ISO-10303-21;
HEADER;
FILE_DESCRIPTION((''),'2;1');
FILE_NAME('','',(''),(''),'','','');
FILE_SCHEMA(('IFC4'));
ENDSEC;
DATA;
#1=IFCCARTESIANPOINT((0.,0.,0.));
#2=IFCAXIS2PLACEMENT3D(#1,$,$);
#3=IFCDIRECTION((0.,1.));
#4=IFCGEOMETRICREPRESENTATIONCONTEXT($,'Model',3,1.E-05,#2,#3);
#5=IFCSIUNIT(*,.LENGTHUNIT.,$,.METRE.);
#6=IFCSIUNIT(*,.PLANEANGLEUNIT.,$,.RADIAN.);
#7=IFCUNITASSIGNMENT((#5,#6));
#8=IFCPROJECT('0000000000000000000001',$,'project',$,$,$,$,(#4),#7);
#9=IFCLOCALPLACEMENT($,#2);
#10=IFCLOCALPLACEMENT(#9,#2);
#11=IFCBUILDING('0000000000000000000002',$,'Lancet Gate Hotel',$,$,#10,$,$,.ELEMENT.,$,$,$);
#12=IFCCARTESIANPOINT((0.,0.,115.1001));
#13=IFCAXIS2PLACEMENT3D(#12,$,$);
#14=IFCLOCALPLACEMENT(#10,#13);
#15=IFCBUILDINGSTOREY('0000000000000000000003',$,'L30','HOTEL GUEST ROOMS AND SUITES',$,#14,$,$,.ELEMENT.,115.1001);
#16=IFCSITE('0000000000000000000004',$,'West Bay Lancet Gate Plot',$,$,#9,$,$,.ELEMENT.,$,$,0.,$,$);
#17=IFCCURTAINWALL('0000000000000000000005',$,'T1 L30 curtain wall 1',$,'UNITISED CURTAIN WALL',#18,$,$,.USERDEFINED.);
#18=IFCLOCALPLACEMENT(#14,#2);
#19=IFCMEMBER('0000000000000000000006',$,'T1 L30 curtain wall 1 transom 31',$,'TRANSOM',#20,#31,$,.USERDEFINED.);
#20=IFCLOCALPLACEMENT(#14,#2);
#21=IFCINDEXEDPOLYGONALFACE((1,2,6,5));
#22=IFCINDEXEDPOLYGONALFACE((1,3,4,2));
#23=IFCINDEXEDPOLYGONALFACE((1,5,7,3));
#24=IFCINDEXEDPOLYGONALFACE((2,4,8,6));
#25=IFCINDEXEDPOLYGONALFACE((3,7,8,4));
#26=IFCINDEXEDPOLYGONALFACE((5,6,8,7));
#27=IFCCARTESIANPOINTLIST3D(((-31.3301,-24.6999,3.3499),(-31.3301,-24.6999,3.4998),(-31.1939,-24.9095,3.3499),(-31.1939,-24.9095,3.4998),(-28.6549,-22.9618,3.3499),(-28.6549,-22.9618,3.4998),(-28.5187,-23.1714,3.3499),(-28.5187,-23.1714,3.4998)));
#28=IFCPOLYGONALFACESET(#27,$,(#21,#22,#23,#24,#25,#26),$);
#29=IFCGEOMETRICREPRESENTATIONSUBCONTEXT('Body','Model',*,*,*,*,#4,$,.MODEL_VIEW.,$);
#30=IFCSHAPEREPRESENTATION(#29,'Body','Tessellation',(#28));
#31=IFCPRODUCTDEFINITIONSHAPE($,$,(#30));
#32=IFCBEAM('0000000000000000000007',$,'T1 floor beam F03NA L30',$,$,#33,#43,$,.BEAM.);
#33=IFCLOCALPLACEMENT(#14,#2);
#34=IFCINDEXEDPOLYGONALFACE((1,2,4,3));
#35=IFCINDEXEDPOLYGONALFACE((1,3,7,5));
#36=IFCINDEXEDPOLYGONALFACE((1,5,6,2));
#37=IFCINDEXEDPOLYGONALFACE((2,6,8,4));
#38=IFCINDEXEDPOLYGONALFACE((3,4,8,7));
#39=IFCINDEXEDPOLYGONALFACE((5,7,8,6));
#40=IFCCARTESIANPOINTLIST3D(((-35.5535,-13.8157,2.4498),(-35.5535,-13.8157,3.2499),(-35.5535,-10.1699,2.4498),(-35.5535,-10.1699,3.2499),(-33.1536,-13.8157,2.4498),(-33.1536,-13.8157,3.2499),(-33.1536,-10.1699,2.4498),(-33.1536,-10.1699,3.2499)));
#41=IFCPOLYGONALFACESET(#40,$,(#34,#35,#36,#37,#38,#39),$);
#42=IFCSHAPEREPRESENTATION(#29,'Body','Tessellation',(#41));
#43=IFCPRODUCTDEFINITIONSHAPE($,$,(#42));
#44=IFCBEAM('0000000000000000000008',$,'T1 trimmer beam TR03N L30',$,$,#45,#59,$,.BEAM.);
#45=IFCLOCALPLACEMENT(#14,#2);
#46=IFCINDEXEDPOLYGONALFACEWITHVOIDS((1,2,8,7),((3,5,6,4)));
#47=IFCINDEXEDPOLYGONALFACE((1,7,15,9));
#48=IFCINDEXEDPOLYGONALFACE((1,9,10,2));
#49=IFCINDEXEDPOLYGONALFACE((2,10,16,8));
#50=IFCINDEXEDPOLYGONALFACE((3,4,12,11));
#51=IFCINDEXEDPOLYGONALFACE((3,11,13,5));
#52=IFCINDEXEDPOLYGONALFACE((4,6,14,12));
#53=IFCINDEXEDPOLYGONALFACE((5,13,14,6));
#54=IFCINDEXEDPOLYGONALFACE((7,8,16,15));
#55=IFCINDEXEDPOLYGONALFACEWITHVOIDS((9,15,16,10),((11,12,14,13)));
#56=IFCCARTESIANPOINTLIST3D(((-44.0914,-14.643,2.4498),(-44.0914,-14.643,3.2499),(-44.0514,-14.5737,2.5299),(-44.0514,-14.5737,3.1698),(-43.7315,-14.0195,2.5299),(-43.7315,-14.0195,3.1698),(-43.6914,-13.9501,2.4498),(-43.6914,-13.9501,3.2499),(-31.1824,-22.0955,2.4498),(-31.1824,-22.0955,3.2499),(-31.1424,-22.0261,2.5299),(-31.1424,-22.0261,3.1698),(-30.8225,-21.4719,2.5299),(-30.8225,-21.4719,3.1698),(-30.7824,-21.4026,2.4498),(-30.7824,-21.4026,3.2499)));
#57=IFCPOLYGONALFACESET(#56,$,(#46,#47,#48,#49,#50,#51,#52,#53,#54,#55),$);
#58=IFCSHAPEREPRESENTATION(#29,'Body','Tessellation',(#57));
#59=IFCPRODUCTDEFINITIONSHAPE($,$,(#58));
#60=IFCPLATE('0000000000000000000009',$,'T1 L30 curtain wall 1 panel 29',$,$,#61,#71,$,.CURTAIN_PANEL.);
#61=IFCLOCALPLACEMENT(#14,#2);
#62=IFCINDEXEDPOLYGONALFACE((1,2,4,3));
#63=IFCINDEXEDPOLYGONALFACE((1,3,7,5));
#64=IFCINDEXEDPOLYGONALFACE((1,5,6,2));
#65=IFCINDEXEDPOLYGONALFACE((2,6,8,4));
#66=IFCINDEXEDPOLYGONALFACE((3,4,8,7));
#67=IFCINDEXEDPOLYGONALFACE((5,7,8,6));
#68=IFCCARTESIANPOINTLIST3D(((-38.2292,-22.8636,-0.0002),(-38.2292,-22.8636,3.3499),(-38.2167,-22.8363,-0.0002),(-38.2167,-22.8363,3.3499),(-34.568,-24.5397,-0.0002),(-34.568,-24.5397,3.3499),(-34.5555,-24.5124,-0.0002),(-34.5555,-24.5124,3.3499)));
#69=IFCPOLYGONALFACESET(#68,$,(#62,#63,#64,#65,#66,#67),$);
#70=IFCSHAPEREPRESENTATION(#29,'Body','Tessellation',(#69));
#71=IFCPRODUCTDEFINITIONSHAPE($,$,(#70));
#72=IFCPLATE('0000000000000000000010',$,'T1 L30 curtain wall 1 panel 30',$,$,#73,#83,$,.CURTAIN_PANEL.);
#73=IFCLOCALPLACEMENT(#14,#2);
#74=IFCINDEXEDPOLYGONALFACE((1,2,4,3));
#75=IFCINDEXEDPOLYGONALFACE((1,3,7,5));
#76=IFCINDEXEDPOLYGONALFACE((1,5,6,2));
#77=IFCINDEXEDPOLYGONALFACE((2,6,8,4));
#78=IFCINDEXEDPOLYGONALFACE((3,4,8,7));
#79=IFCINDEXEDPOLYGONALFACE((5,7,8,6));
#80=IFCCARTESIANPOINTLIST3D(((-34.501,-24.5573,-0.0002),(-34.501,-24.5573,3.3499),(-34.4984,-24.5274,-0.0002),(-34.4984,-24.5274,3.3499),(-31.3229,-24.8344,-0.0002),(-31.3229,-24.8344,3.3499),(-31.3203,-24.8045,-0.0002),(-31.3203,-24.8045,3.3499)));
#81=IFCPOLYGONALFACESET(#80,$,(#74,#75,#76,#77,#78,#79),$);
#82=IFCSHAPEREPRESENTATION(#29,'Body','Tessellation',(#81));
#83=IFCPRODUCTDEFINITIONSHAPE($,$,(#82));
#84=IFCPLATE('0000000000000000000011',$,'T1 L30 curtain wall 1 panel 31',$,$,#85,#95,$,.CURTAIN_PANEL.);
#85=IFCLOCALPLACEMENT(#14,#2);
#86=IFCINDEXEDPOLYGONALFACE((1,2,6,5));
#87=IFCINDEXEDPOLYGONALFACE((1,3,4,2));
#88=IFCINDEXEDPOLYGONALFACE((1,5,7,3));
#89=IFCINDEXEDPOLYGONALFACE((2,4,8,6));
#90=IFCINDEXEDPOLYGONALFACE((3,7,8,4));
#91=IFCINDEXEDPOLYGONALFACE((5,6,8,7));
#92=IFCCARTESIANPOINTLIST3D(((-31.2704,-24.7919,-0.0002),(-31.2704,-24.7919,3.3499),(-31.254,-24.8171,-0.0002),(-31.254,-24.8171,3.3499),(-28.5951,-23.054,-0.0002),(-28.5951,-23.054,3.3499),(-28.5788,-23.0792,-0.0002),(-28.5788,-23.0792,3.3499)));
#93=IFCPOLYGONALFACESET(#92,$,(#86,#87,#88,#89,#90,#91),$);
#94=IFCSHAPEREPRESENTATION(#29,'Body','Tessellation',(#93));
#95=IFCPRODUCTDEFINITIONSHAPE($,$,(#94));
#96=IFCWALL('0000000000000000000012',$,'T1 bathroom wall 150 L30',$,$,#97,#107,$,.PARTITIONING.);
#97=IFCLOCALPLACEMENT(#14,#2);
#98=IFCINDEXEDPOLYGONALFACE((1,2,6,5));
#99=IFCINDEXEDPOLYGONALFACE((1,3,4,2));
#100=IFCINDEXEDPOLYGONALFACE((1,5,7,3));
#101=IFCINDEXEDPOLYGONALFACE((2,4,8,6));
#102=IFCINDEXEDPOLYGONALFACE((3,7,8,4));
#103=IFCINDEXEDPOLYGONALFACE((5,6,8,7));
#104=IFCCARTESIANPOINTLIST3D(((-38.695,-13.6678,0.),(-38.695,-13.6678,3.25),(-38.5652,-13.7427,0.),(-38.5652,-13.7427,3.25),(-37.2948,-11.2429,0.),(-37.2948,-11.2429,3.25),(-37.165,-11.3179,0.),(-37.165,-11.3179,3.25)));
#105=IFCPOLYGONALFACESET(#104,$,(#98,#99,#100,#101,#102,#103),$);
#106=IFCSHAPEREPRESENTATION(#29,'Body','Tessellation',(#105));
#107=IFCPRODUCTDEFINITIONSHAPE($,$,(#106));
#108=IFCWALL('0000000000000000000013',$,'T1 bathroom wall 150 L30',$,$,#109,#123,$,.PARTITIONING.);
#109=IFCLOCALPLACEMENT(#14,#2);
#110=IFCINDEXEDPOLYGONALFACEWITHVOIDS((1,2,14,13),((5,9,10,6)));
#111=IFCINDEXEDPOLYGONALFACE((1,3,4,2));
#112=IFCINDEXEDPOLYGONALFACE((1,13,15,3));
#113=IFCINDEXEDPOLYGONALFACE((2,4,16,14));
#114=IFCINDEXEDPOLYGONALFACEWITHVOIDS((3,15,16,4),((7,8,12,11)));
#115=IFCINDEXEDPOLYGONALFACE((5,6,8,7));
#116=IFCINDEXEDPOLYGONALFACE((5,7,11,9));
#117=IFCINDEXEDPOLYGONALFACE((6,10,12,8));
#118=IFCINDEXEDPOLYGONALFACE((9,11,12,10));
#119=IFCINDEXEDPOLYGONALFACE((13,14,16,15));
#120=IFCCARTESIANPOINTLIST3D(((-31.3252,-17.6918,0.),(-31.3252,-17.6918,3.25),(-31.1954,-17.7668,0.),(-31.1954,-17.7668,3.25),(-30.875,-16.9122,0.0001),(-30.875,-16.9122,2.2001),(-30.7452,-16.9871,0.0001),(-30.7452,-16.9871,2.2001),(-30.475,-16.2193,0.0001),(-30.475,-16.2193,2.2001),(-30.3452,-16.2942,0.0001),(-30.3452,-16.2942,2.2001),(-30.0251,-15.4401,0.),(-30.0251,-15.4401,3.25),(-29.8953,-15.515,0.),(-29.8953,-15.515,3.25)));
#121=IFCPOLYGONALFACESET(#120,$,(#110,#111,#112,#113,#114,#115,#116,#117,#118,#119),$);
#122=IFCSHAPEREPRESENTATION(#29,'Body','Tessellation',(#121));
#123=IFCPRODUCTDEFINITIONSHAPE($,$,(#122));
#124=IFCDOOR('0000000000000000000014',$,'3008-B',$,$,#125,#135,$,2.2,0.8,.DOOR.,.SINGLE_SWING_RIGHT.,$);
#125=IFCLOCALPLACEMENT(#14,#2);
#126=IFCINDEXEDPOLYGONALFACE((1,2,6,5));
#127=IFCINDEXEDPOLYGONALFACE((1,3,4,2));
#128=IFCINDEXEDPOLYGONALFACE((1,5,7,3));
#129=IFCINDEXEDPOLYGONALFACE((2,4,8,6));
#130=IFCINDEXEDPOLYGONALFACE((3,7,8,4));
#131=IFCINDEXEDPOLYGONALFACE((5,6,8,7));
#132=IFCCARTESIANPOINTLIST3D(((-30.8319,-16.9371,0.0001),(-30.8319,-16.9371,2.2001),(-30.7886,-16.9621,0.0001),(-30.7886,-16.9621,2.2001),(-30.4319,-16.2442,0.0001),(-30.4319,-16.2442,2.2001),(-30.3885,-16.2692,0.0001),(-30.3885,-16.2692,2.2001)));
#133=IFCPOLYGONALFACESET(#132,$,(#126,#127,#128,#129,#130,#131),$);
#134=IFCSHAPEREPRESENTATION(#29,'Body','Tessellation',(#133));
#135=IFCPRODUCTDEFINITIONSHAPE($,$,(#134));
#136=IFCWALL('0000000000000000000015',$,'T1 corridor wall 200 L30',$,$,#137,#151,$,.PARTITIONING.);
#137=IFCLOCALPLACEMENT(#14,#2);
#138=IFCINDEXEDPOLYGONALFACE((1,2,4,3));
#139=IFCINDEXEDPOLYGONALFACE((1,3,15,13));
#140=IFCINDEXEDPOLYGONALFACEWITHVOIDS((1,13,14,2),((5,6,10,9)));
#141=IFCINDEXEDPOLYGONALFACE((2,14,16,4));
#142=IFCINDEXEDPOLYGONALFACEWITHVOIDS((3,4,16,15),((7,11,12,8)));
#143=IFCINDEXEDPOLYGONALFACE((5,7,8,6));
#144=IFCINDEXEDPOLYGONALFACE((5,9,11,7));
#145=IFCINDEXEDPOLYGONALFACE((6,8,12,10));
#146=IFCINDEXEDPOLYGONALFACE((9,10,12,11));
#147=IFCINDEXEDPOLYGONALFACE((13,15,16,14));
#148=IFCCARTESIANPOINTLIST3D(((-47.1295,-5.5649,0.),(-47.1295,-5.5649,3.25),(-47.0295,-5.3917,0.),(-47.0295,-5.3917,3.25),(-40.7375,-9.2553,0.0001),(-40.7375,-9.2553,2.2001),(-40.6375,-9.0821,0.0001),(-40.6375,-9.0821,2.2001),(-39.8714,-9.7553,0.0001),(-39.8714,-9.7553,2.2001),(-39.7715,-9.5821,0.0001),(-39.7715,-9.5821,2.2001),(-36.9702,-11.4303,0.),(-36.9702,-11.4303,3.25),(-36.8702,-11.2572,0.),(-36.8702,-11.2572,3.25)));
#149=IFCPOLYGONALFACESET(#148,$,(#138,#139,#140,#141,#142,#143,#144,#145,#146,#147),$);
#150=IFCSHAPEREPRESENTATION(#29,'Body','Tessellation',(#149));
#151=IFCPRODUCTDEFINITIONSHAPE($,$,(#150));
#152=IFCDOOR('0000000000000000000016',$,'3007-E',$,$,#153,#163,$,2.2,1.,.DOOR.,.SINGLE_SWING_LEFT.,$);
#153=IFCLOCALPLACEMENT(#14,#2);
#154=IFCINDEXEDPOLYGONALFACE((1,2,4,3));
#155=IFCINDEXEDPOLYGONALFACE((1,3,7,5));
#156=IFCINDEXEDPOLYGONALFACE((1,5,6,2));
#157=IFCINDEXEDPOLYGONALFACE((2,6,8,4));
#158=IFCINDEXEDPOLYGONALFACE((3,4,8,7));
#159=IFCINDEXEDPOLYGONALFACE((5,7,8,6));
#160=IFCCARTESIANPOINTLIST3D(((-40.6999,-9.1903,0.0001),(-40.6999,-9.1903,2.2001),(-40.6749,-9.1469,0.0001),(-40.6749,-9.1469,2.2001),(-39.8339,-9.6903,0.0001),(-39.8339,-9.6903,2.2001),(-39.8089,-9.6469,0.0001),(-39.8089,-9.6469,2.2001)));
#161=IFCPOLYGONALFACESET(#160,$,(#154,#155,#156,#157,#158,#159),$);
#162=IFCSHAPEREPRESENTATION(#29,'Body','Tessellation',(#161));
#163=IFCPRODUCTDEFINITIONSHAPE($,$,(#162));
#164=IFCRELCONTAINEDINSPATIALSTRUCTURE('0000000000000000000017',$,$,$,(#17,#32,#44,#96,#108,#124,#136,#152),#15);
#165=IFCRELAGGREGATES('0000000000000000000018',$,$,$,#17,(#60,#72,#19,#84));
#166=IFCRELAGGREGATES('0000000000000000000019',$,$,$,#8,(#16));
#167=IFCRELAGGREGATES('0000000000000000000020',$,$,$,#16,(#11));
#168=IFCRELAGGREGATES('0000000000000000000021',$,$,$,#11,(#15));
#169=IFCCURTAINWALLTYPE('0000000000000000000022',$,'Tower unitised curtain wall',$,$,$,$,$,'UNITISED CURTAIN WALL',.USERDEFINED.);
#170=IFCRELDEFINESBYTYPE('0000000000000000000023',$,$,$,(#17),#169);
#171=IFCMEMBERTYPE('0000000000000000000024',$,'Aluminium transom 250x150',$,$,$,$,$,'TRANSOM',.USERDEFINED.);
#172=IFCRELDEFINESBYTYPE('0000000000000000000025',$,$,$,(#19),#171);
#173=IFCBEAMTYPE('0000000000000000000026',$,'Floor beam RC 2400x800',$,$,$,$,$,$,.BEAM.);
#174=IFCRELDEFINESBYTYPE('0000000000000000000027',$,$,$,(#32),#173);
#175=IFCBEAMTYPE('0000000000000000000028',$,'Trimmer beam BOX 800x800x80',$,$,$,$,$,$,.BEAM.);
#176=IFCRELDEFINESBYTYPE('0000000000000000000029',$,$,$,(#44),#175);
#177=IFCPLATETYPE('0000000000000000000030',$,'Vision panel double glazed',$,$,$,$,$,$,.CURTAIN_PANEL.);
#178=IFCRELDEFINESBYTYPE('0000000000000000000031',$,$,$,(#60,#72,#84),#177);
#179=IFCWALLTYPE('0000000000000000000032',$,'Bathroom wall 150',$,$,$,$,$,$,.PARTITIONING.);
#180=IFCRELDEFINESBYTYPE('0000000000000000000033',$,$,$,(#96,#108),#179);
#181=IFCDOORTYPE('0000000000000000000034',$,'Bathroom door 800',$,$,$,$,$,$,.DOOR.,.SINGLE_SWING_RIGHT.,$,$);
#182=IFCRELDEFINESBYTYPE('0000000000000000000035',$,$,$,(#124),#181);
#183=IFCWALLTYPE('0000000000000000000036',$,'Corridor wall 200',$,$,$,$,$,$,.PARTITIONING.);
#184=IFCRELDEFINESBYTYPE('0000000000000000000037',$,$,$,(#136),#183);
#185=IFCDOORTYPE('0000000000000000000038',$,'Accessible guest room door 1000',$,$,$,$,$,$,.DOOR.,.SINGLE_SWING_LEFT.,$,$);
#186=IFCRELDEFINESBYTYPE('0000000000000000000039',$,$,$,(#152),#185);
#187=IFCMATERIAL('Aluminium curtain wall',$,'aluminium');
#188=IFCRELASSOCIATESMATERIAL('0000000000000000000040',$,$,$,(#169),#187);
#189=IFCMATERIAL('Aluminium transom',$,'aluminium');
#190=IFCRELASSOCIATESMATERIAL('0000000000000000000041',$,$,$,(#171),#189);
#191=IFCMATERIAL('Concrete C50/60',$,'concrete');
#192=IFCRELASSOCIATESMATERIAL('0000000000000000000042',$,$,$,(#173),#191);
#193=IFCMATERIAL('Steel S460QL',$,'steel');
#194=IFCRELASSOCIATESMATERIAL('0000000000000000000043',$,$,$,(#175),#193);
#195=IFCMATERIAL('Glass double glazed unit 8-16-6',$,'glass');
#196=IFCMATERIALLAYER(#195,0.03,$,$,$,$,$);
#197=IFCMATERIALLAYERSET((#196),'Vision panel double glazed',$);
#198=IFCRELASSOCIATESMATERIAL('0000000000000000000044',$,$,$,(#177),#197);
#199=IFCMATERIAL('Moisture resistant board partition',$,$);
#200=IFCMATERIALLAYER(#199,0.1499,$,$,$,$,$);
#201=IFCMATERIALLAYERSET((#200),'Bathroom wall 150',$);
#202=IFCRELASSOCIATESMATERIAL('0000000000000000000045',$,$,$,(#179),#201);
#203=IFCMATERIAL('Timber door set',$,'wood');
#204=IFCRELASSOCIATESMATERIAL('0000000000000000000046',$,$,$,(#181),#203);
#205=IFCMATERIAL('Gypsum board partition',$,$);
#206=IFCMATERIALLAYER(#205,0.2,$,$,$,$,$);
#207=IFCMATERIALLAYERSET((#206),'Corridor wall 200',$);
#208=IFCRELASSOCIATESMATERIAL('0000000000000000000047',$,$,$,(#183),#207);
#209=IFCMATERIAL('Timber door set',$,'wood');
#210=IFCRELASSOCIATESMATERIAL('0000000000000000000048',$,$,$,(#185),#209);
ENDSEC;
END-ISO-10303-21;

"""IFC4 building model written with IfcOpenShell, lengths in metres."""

from ifc_helpers import new_model, si_unit, direction, frame, frame_2d, origin, origin_2d, place, context, subcontext, project, spatial, rectangle, hollow_rectangle, extrude, material, layer, layer_set, material_profile, profile_set, type_object, element, fill, aggregate, save


model = new_model("IFC4")

# Units and contexts
model_context = context("Model", 3, precision=1e-05, world=origin(), true_north=direction((0.0, 1.0)))
body_context = subcontext(model_context, "Body", "Model", "MODEL_VIEW")
ifc_project = project(units=[si_unit("LENGTHUNIT", "METRE"), si_unit("PLANEANGLEUNIT", "RADIAN")], contexts=[model_context])

# Site, building, storey
site_placement = place(None, origin())
site = spatial("IfcSite", under=ifc_project, at=site_placement, Name="West Bay Lancet Gate Plot", CompositionType="ELEMENT", RefElevation=0.0)
building_placement = place(site_placement, origin())
building = spatial("IfcBuilding", under=site, at=building_placement, Name="Lancet Gate Hotel", CompositionType="ELEMENT")
storey_placement = place(building_placement, frame((0.0, 0.0, 115.1001)))
storey = spatial("IfcBuildingStorey", under=building, at=storey_placement, Name="L30", Description="HOTEL GUEST ROOMS AND SUITES", CompositionType="ELEMENT", Elevation=115.1001)

# Curtain wall, member
ifc_material_1 = material(Name="Aluminium curtain wall", Category="aluminium")
curtain_wall_type = type_object("IfcCurtainWallType", Name="Tower unitised curtain wall", ElementType="UNITISED CURTAIN WALL", PredefinedType="USERDEFINED", material=ifc_material_1)
curtain_wall_placement = place(storey_placement, origin())
curtain_wall = element("IfcCurtainWall", 1, at=curtain_wall_placement, inside=storey, type_object=curtain_wall_type, Name="T1 L30 curtain wall 1", ObjectType="UNITISED CURTAIN WALL", PredefinedType="USERDEFINED")
ifc_material_2 = material(Name="Aluminium transom", Category="aluminium")
ifc_material_profile_1 = material_profile(ifc_material_2, rectangle(XDim=0.25, YDim=0.1499, at=origin_2d()), Name="TRANSOM 250x150")
ifc_profile_set_1 = profile_set([ifc_material_profile_1], Name="Aluminium transom")
member_type_1 = type_object("IfcMemberType", Name="Aluminium transom 250x150", ElementType="TRANSOM", PredefinedType="USERDEFINED", material=ifc_profile_set_1)
member_1_placement = place(storey_placement, frame((-31.262, -24.8047, 3.4248), z_axis=(0.83855, 0.544824, 0.0), x_axis=(-0.544824, 0.83855, 0.0)))
member_1 = element("IfcMember", 2, at=member_1_placement, type_object=member_type_1, Name="T1 L30 curtain wall 1 transom 31", ObjectType="TRANSOM", PredefinedType="USERDEFINED", context=body_context, shape_type="SweptSolid", body=[
    extrude(rectangle(XDim=0.25, YDim=0.1499, at=origin_2d()), origin(), (0.0, 0.0, 1.0), 3.1902),
])

# Beams
ifc_material_3 = material(Name="Concrete C50/60", Category="concrete")
ifc_material_profile_2 = material_profile(ifc_material_3, rectangle(XDim=2.3999, YDim=0.8, at=origin_2d()), Name="RC 2400x800")
ifc_profile_set_2 = profile_set([ifc_material_profile_2], Name="Concrete C50/60")
beam_type_1 = type_object("IfcBeamType", Name="Floor beam RC 2400x800", PredefinedType="BEAM", material=ifc_profile_set_2)
beam_1_placement = place(storey_placement, frame((-34.3535, -10.1699, 2.8499), z_axis=(0.0, -1.0, 0.0), x_axis=(1.0, 0.0, 0.0)))
element("IfcBeam", 3, at=beam_1_placement, inside=storey, type_object=beam_type_1, Name="T1 floor beam F03NA L30", PredefinedType="BEAM", context=body_context, shape_type="SweptSolid", body=[
    extrude(rectangle(XDim=2.3999, YDim=0.8, at=origin_2d()), origin(), (0.0, 0.0, 1.0), 3.6458),
])
ifc_material_4 = material(Name="Steel S460QL", Category="steel")
ifc_material_profile_3 = material_profile(ifc_material_4, hollow_rectangle(XDim=0.8, YDim=0.8, WallThickness=0.0801, at=origin_2d()), Name="BOX 800x800x80")
ifc_profile_set_3 = profile_set([ifc_material_profile_3], Name="Steel S460QL")
beam_type_2 = type_object("IfcBeamType", Name="Trimmer beam BOX 800x800x80", PredefinedType="BEAM", material=ifc_profile_set_3)
beam_2_placement = place(storey_placement, frame((-30.9824, -21.749, 2.8499), z_axis=(-0.866042, 0.499971, 0.0), x_axis=(-0.499971, -0.866042, 0.0)))
element("IfcBeam", 4, at=beam_2_placement, inside=storey, type_object=beam_type_2, Name="T1 trimmer beam TR03N L30", PredefinedType="BEAM", context=body_context, shape_type="SweptSolid", body=[
    extrude(hollow_rectangle(XDim=0.8, YDim=0.8, WallThickness=0.0801, at=origin_2d()), origin(), (0.0, 0.0, 1.0), 14.9058),
])

# Plates
ifc_material_5 = material(Name="Glass double glazed unit 8-16-6", Category="glass")
ifc_layer_1 = layer(ifc_material_5, 0.03)
ifc_layer_set_1 = layer_set([ifc_layer_1], Name="Vision panel double glazed")
plate_type = type_object("IfcPlateType", Name="Vision panel double glazed", PredefinedType="CURTAIN_PANEL", material=ifc_layer_set_1)
plate_1_placement = place(storey_placement, frame((-36.3923, -23.688, -0.0002), z_axis=(0.0, 0.0, 1.0), x_axis=(0.909253, -0.416245, 0.0)))
plate_1 = element("IfcPlate", 5, at=plate_1_placement, type_object=plate_type, Name="T1 L30 curtain wall 1 panel 29", PredefinedType="CURTAIN_PANEL", context=body_context, shape_type="SweptSolid", body=[
    extrude(rectangle(XDim=4.0266, YDim=0.03, at=origin_2d()), origin(), (0.0, 0.0, 1.0), 3.3501),
])
plate_2_placement = place(storey_placement, frame((-32.9106, -24.6809, -0.0002), z_axis=(0.0, 0.0, 1.0), x_axis=(0.996219, -0.08688, 0.0)))
plate_2 = element("IfcPlate", 6, at=plate_2_placement, type_object=plate_type, Name="T1 L30 curtain wall 1 panel 30", PredefinedType="CURTAIN_PANEL", context=body_context, shape_type="SweptSolid", body=[
    extrude(rectangle(XDim=3.1902, YDim=0.03, at=origin_2d()), origin(), (0.0, 0.0, 1.0), 3.3501),
])
plate_3_placement = place(storey_placement, frame((-29.9246, -23.9355, -0.0002), z_axis=(0.0, 0.0, 1.0), x_axis=(0.83858, 0.544778, 0.0)))
plate_3 = element("IfcPlate", 7, at=plate_3_placement, type_object=plate_type, Name="T1 L30 curtain wall 1 panel 31", PredefinedType="CURTAIN_PANEL", context=body_context, shape_type="SweptSolid", body=[
    extrude(rectangle(XDim=3.1902, YDim=0.03, at=origin_2d()), origin(), (0.0, 0.0, 1.0), 3.3501),
])
aggregate(curtain_wall, [plate_1, plate_2, member_1, plate_3])

# Wall
ifc_material_6 = material(Name="Moisture resistant board partition")
ifc_layer_2 = layer(ifc_material_6, 0.1499)
ifc_layer_set_2 = layer_set([ifc_layer_2], Name="Bathroom wall 150")
wall_type_1 = type_object("IfcWallType", Name="Bathroom wall 150", PredefinedType="PARTITIONING", material=ifc_layer_set_2)
wall_1_placement = place(storey_placement, frame((-37.23, -11.2805, 0.0), z_axis=(0.0, 0.0, 1.0), x_axis=(-0.50005, -0.865997, 0.0)))
element("IfcWall", 8, at=wall_1_placement, inside=storey, type_object=wall_type_1, Name="T1 bathroom wall 150 L30", PredefinedType="PARTITIONING", context=body_context, shape_type="SweptSolid", body=[
    extrude(rectangle(XDim=2.8, YDim=0.1499, at=frame_2d((1.3999, 0.0))), origin(), (0.0, 0.0, 1.0), 3.25),
])

# Walls, openings, doors
wall_2_placement = place(storey_placement, frame((-29.9602, -15.4775, 0.0), z_axis=(0.0, 0.0, 1.0), x_axis=(-0.500007, -0.866021, 0.0)))
wall_2 = element("IfcWall", 9, at=wall_2_placement, inside=storey, type_object=wall_type_1, Name="T1 bathroom wall 150 L30", PredefinedType="PARTITIONING", context=body_context, shape_type="SweptSolid", body=[
    extrude(rectangle(XDim=2.6001, YDim=0.1499, at=frame_2d((1.3, 0.0))), origin(), (0.0, 0.0, 1.0), 3.25),
])
opening_1_placement = place(wall_2_placement, frame((0.8999, 0.0, 0.0)))
opening_1 = element("IfcOpeningElement", 10, at=opening_1_placement, cuts=wall_2, PredefinedType="OPENING", context=body_context, shape_type="SweptSolid", body=[
    extrude(rectangle(XDim=0.8, YDim=2.2, at=frame_2d((0.3999, 1.1001))), frame((0.0, 0.085, 0.0), z_axis=(0.0, -1.0, 0.0), x_axis=(1.0, 0.0, 0.0)), (0.0, 0.0, 1.0), 0.1699),
])
ifc_material_7 = material(Name="Timber door set", Category="wood")
door_type_1 = type_object("IfcDoorType", Name="Bathroom door 800", OperationType="SINGLE_SWING_RIGHT", PredefinedType="DOOR", material=ifc_material_7)
door_1_placement = place(opening_1_placement, origin())
door_1 = element("IfcDoor", 11, at=door_1_placement, inside=storey, type_object=door_type_1, Name="3008-B", OperationType="SINGLE_SWING_RIGHT", OverallHeight=2.2, OverallWidth=0.8, PredefinedType="DOOR", context=body_context, shape_type="SweptSolid", body=[
    extrude(rectangle(XDim=0.8, YDim=2.2, at=frame_2d((0.3999, 1.1001))), frame((0.0, 0.0249, 0.0), z_axis=(0.0, -1.0, 0.0), x_axis=(1.0, 0.0, 0.0)), (0.0, 0.0, 1.0), 0.05),
])
fill(opening_1, door_1)
ifc_material_8 = material(Name="Gypsum board partition")
ifc_layer_3 = layer(ifc_material_8, 0.2)
ifc_layer_set_3 = layer_set([ifc_layer_3], Name="Corridor wall 200")
wall_type_2 = type_object("IfcWallType", Name="Corridor wall 200", PredefinedType="PARTITIONING", material=ifc_layer_set_3)
wall_3_placement = place(storey_placement, frame((-36.9202, -11.3438, 0.0), z_axis=(0.0, 0.0, 1.0), x_axis=(-0.866028, 0.499996, 0.0)))
wall_3 = element("IfcWall", 12, at=wall_3_placement, inside=storey, type_object=wall_type_2, Name="T1 corridor wall 200 L30", PredefinedType="PARTITIONING", context=body_context, shape_type="SweptSolid", body=[
    extrude(rectangle(XDim=11.731, YDim=0.2, at=frame_2d((5.8655, 0.0))), origin(), (0.0, 0.0, 1.0), 3.25),
])
opening_2_placement = place(wall_3_placement, frame((3.3501, 0.0, 0.0)))
opening_2 = element("IfcOpeningElement", 13, at=opening_2_placement, cuts=wall_3, PredefinedType="OPENING", context=body_context, shape_type="SweptSolid", body=[
    extrude(rectangle(XDim=1.0, YDim=2.2, at=frame_2d((0.5, 1.1001))), frame((0.0, 0.1099, 0.0), z_axis=(0.0, -1.0, 0.0), x_axis=(1.0, 0.0, 0.0)), (0.0, 0.0, 1.0), 0.22),
])
ifc_material_9 = material(Name="Timber door set", Category="wood")
door_type_2 = type_object("IfcDoorType", Name="Accessible guest room door 1000", OperationType="SINGLE_SWING_LEFT", PredefinedType="DOOR", material=ifc_material_9)
door_2_placement = place(opening_2_placement, origin())
door_2 = element("IfcDoor", 14, at=door_2_placement, inside=storey, type_object=door_type_2, Name="3007-E", OperationType="SINGLE_SWING_LEFT", OverallHeight=2.2, OverallWidth=1.0, PredefinedType="DOOR", context=body_context, shape_type="SweptSolid", body=[
    extrude(rectangle(XDim=1.0, YDim=2.2, at=frame_2d((0.5, 1.1001))), frame((0.0, 0.0249, 0.0), z_axis=(0.0, -1.0, 0.0), x_axis=(1.0, 0.0, 0.0)), (0.0, 0.0, 1.0), 0.05),
])
fill(opening_2, door_2)

save(model, "model.ifc")
